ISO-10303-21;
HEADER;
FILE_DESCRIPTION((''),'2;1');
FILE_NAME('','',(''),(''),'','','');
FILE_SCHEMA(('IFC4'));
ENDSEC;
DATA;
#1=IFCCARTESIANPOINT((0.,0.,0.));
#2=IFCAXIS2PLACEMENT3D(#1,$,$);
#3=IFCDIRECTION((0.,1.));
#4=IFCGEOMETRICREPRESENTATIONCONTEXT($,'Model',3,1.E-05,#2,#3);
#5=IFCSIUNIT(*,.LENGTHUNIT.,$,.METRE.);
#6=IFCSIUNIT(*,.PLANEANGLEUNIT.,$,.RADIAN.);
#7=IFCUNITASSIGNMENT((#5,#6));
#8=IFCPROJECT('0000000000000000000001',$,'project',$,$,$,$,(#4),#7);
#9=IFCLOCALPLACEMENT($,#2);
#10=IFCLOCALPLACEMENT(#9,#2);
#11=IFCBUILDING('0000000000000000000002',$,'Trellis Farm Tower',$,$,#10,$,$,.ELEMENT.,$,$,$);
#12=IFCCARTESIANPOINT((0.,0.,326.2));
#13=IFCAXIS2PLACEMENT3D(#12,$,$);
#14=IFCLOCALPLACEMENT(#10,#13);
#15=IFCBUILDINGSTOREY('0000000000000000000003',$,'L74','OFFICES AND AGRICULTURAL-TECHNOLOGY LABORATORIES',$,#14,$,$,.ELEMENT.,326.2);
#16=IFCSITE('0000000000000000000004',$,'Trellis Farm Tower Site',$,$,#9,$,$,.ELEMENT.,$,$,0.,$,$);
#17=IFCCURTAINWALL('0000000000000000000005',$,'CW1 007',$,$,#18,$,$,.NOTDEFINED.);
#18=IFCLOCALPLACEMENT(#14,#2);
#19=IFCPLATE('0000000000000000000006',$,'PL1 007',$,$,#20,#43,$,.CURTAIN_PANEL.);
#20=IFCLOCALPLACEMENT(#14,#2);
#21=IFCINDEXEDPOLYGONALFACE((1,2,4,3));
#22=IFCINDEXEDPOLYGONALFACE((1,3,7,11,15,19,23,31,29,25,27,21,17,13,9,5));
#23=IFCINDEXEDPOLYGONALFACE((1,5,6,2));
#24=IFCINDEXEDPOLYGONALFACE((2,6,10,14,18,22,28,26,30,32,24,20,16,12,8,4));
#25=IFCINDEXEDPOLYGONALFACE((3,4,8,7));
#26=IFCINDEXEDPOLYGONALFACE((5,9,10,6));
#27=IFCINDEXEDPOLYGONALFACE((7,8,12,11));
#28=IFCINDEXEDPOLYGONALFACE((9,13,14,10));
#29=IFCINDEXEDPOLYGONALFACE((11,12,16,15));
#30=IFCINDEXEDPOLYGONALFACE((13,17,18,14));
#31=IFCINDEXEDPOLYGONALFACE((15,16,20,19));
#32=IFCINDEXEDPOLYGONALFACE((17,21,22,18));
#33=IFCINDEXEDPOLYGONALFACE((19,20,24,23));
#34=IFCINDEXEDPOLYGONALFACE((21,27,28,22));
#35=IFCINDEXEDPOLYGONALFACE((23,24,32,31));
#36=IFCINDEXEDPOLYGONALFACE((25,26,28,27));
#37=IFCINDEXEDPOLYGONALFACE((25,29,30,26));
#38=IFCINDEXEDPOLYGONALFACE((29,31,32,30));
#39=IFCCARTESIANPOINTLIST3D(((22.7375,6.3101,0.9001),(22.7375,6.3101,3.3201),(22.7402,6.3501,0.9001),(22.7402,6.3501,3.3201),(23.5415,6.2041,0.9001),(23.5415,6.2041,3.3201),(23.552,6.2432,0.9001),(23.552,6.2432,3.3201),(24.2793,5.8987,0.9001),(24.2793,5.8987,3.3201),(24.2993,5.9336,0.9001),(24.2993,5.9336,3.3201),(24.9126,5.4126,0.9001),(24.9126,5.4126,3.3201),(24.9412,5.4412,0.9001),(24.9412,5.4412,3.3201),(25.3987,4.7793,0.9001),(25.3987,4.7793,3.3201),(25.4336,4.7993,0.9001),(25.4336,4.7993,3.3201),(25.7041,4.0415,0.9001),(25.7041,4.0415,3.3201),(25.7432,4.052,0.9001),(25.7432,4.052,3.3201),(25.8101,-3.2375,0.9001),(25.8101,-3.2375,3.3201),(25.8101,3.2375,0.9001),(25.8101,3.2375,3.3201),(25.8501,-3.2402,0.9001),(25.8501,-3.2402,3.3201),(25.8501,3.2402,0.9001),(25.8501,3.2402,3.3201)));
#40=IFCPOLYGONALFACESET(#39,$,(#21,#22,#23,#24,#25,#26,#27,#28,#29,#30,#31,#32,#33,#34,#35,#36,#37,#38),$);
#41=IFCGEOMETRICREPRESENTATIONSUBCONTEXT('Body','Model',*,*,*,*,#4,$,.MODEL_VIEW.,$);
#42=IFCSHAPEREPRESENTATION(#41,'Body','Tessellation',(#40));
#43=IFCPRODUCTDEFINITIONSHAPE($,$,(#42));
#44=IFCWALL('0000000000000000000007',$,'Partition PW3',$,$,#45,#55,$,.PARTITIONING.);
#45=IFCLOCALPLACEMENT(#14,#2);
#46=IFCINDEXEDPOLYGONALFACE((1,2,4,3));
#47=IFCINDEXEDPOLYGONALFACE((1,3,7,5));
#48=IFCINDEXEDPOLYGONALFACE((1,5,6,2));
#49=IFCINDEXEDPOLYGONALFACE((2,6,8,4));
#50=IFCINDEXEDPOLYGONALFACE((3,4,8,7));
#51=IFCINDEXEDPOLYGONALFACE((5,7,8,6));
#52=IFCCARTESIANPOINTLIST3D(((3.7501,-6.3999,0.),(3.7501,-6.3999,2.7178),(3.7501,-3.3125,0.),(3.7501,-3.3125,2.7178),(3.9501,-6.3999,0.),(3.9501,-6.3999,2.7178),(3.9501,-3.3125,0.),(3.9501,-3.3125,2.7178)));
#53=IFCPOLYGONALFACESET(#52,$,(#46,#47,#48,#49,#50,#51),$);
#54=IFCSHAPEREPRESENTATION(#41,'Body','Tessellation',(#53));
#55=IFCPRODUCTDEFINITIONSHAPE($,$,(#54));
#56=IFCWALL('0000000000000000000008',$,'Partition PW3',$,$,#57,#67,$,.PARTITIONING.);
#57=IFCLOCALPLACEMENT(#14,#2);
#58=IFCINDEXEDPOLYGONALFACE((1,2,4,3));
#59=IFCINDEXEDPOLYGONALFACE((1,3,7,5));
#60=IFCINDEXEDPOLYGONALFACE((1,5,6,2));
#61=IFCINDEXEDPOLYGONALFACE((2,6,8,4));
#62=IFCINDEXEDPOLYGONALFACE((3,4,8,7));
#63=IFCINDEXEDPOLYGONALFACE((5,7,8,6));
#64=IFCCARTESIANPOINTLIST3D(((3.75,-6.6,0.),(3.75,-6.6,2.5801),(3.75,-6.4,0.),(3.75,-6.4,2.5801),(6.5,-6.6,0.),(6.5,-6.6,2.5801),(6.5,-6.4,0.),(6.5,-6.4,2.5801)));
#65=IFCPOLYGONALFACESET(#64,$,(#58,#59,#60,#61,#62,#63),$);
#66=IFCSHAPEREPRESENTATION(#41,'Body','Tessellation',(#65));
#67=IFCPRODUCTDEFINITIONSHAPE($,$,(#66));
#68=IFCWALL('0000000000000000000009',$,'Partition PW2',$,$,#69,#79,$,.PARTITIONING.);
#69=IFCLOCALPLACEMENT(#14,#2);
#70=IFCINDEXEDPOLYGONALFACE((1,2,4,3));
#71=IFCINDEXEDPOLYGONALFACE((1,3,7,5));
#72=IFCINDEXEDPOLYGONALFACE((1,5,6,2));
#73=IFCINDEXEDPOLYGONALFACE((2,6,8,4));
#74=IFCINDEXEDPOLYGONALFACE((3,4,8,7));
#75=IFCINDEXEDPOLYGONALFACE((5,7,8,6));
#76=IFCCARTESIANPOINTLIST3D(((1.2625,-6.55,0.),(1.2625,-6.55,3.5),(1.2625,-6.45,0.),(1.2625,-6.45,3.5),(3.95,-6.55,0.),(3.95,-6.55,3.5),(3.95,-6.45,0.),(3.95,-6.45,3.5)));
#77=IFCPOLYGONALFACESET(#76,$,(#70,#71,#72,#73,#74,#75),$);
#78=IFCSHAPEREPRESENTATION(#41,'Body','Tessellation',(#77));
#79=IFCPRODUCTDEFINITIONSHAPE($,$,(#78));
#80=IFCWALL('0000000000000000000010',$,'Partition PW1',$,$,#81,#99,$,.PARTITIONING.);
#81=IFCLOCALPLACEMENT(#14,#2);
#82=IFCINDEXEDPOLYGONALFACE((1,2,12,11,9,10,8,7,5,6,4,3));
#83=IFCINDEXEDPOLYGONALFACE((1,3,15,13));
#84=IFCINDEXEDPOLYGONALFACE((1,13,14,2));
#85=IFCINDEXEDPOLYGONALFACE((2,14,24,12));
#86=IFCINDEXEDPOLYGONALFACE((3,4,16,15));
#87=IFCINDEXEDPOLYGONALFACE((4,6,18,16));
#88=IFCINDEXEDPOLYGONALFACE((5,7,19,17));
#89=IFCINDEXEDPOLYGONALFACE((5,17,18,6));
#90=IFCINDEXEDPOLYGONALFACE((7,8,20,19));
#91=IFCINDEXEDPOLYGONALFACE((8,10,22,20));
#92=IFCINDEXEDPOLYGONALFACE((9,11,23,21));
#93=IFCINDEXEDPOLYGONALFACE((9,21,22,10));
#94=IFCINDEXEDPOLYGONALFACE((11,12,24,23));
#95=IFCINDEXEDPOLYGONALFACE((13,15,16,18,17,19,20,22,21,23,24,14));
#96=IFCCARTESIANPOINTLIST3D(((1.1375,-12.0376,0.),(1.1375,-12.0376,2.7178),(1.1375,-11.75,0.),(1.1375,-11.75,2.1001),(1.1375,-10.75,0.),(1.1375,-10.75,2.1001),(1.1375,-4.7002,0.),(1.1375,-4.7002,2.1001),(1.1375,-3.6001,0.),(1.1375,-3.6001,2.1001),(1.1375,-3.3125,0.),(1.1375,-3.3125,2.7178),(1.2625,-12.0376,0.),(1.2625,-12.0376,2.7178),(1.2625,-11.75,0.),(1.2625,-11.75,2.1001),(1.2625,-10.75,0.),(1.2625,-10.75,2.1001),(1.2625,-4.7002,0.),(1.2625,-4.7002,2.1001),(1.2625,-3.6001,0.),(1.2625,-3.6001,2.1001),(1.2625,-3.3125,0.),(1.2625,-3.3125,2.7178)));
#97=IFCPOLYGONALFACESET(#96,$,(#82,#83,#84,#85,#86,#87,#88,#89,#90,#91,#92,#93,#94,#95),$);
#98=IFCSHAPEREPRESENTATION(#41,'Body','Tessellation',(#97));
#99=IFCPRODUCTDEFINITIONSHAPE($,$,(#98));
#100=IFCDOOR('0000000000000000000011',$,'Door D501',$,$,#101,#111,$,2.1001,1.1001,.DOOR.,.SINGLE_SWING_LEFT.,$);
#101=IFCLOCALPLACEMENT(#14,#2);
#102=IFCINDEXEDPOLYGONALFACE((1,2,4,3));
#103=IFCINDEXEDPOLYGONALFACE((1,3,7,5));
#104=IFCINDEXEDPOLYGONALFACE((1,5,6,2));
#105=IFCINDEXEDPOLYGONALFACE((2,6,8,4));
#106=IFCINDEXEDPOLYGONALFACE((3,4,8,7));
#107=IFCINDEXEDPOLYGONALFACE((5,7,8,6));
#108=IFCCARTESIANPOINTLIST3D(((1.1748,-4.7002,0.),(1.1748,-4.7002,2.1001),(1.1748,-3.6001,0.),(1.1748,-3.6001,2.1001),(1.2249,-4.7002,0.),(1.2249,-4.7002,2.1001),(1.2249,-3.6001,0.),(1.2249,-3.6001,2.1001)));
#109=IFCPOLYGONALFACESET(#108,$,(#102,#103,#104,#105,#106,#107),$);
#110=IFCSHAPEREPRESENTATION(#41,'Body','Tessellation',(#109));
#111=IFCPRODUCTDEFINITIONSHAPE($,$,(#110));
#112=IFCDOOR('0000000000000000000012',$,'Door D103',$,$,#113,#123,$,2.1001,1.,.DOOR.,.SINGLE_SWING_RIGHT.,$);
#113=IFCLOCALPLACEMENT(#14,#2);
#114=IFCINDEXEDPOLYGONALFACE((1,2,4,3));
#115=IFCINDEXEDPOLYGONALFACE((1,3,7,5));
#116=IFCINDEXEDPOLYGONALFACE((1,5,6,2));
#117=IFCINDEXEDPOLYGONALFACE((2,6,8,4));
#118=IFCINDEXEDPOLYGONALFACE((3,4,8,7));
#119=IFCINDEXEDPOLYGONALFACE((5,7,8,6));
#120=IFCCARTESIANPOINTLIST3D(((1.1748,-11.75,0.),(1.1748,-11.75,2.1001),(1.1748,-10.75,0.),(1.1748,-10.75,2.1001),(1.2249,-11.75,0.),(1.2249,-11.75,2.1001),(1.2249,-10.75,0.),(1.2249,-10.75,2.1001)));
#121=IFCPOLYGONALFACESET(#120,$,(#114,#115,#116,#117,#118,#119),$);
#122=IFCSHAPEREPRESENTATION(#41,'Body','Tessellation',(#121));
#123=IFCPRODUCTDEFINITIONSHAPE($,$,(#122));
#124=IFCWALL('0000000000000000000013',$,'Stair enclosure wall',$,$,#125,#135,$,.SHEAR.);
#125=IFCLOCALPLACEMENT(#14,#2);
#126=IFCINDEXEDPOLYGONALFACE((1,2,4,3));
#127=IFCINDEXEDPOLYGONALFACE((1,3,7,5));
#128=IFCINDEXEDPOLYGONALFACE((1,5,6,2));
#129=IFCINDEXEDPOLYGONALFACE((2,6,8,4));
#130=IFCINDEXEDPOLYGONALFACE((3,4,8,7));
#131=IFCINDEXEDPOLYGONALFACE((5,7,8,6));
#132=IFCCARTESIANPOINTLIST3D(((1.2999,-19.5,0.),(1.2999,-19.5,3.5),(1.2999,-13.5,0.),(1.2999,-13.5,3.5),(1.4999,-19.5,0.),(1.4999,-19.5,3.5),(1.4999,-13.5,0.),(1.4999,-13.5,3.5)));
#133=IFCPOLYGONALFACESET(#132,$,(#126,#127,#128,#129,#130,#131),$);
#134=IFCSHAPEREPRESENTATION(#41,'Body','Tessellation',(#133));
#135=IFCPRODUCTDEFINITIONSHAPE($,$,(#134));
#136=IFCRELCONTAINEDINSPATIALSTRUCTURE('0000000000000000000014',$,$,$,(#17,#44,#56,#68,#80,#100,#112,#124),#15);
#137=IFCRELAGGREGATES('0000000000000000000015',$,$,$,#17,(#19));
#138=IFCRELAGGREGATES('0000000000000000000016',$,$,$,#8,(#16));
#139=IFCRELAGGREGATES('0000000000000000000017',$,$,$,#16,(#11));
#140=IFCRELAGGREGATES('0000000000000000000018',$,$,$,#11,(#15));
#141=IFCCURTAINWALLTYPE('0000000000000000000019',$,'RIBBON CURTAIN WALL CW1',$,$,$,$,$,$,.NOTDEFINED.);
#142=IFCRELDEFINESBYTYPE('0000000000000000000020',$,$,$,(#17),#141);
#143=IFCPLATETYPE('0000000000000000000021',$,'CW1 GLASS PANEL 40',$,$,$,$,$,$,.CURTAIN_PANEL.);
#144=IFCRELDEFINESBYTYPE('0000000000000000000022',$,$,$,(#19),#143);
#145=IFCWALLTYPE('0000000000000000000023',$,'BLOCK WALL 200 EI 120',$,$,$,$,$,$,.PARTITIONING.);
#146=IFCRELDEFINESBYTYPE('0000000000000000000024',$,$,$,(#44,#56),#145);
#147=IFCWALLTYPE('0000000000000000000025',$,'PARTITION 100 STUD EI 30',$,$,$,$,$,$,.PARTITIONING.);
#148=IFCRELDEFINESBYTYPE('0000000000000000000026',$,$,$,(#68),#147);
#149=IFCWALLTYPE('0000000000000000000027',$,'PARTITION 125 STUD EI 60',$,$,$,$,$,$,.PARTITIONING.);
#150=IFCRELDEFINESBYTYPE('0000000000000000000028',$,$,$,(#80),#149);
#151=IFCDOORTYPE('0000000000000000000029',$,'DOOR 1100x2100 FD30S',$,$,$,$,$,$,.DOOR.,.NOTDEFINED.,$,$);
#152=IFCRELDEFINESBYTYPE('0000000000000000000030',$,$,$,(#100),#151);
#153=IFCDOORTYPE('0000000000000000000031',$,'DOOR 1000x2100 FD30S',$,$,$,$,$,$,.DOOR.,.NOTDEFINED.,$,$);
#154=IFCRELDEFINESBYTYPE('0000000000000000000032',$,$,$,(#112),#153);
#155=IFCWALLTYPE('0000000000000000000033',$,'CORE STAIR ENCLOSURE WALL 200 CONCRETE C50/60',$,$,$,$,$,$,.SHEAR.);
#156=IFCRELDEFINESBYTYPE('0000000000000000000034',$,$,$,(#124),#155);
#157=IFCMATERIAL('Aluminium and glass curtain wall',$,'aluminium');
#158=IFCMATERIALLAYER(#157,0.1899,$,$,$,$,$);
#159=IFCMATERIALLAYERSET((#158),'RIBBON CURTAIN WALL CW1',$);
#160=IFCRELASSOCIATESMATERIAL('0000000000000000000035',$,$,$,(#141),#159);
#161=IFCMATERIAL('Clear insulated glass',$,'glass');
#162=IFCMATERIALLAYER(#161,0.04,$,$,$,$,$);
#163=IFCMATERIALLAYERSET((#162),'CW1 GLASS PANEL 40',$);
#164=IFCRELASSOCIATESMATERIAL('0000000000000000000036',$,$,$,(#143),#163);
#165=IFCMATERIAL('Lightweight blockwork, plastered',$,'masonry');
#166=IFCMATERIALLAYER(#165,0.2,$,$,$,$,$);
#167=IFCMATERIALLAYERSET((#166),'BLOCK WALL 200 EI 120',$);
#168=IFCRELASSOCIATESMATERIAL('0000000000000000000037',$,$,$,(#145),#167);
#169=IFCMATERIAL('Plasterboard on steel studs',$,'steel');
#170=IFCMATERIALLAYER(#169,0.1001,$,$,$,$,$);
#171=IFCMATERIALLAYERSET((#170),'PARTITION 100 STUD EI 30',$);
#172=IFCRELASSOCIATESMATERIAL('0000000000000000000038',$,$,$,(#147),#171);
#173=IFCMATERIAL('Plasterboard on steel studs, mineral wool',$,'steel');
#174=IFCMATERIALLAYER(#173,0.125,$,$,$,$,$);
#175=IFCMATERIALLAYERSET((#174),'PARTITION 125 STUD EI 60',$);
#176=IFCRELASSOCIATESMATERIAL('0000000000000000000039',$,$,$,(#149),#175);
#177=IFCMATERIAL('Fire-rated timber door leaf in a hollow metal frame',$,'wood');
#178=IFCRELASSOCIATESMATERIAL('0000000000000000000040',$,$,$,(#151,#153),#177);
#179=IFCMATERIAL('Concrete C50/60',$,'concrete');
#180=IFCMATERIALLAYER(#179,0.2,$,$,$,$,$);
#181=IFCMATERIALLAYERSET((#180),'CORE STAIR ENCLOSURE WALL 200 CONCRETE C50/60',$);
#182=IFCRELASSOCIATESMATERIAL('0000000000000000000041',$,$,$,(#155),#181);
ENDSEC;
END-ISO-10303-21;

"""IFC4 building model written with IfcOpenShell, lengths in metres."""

from ifc_helpers import new_model, si_unit, direction, frame, frame_2d, origin, place, context, subcontext, project, spatial, polyline, rectangle, outline, extrude, source, transform, mapped, material, layer, layer_set, type_object, element, fill, aggregate, save


model = new_model("IFC4")

# Units and contexts
model_context = context("Model", 3, precision=1e-05, world=origin(), true_north=direction((0.0, 1.0)))
body_context = subcontext(model_context, "Body", "Model", "MODEL_VIEW")
ifc_project = project(units=[si_unit("LENGTHUNIT", "METRE"), si_unit("PLANEANGLEUNIT", "RADIAN")], contexts=[model_context])

# Site, building, storey
site_placement = place(None, origin())
site = spatial("IfcSite", under=ifc_project, at=site_placement, Name="Trellis Farm Tower Site", CompositionType="ELEMENT", RefElevation=0.0)
building_placement = place(site_placement, origin())
building = spatial("IfcBuilding", under=site, at=building_placement, Name="Trellis Farm Tower", CompositionType="ELEMENT")
storey_placement = place(building_placement, frame((0.0, 0.0, 326.2)))
storey = spatial("IfcBuildingStorey", under=building, at=storey_placement, Name="L74", Description="OFFICES AND AGRICULTURAL-TECHNOLOGY LABORATORIES", CompositionType="ELEMENT", Elevation=326.2)

# Curtain wall, plate
ifc_material_1 = material(Name="Aluminium and glass curtain wall", Category="aluminium")
ifc_layer_1 = layer(ifc_material_1, 0.1899)
ifc_layer_set_1 = layer_set([ifc_layer_1], Name="RIBBON CURTAIN WALL CW1")
curtain_wall_type = type_object("IfcCurtainWallType", Name="RIBBON CURTAIN WALL CW1", PredefinedType="NOTDEFINED", material=ifc_layer_set_1)
placement = place(storey_placement, origin())
curtain_wall = element("IfcCurtainWall", 1, at=placement, inside=storey, type_object=curtain_wall_type, Name="CW1 007", PredefinedType="NOTDEFINED")
ifc_material_2 = material(Name="Clear insulated glass", Category="glass")
ifc_layer_2 = layer(ifc_material_2, 0.04)
ifc_layer_set_2 = layer_set([ifc_layer_2], Name="CW1 GLASS PANEL 40")
plate_type = type_object("IfcPlateType", Name="CW1 GLASS PANEL 40", PredefinedType="CURTAIN_PANEL", material=ifc_layer_set_2)
plate_placement = place(storey_placement, frame((0.0, 0.0, 0.9001)))
plate = element("IfcPlate", 2, at=plate_placement, type_object=plate_type, Name="PL1 007", PredefinedType="CURTAIN_PANEL", context=body_context, shape_type="SweptSolid", body=[
    extrude(outline(polyline([(25.8501, -3.2402), (25.8501, 3.2402), (25.7432, 4.052), (25.4336, 4.7993), (24.9412, 5.4412), (24.2993, 5.9336), (23.552, 6.2432), (22.7402, 6.3501), (22.7375, 6.3101), (23.5415, 6.2041), (24.2793, 5.8987), (24.9126, 5.4126), (25.3987, 4.7793), (25.7041, 4.0415), (25.8101, 3.2375), (25.8101, -3.2375), (25.8501, -3.2402)])), origin(), (0.0, 0.0, 1.0), 2.4199),
])
aggregate(curtain_wall, [plate])

# Walls
ifc_material_3 = material(Name="Lightweight blockwork, plastered", Category="masonry")
ifc_layer_3 = layer(ifc_material_3, 0.2)
ifc_layer_set_3 = layer_set([ifc_layer_3], Name="BLOCK WALL 200 EI 120")
wall_type_1 = type_object("IfcWallType", Name="BLOCK WALL 200 EI 120", PredefinedType="PARTITIONING", material=ifc_layer_set_3)
wall_1_placement = place(storey_placement, frame((3.8501, -6.3999, 0.0), z_axis=(0.0, 0.0, 1.0), x_axis=(0.0, 1.0, 0.0)))
element("IfcWall", 3, at=wall_1_placement, inside=storey, type_object=wall_type_1, Name="Partition PW3", PredefinedType="PARTITIONING", context=body_context, shape_type="SweptSolid", body=[
    extrude(rectangle(XDim=3.0874, YDim=0.2, at=frame_2d((1.5437, 0.0))), origin(), (0.0, 0.0, 1.0), 2.7178),
])
wall_2_placement = place(storey_placement, frame((3.75, -6.5, 0.0), z_axis=(0.0, 0.0, 1.0), x_axis=(1.0, 0.0, 0.0)))
element("IfcWall", 4, at=wall_2_placement, inside=storey, type_object=wall_type_1, Name="Partition PW3", PredefinedType="PARTITIONING", context=body_context, shape_type="SweptSolid", body=[
    extrude(rectangle(XDim=2.75, YDim=0.2, at=frame_2d((1.375, 0.0))), origin(), (0.0, 0.0, 1.0), 2.5801),
])
ifc_material_4 = material(Name="Plasterboard on steel studs", Category="steel")
ifc_layer_4 = layer(ifc_material_4, 0.1001)
ifc_layer_set_4 = layer_set([ifc_layer_4], Name="PARTITION 100 STUD EI 30")
wall_type_2 = type_object("IfcWallType", Name="PARTITION 100 STUD EI 30", PredefinedType="PARTITIONING", material=ifc_layer_set_4)
wall_3_placement = place(storey_placement, frame((1.2625, -6.5, 0.0), z_axis=(0.0, 0.0, 1.0), x_axis=(1.0, 0.0, 0.0)))
element("IfcWall", 5, at=wall_3_placement, inside=storey, type_object=wall_type_2, Name="Partition PW2", PredefinedType="PARTITIONING", context=body_context, shape_type="SweptSolid", body=[
    extrude(rectangle(XDim=2.6875, YDim=0.1001, at=frame_2d((1.3438, 0.0))), origin(), (0.0, 0.0, 1.0), 3.5),
])

# Wall, openings, doors
ifc_material_5 = material(Name="Plasterboard on steel studs, mineral wool", Category="steel")
ifc_layer_5 = layer(ifc_material_5, 0.125)
ifc_layer_set_5 = layer_set([ifc_layer_5], Name="PARTITION 125 STUD EI 60")
wall_type_3 = type_object("IfcWallType", Name="PARTITION 125 STUD EI 60", PredefinedType="PARTITIONING", material=ifc_layer_set_5)
wall_4_placement = place(storey_placement, frame((1.2, -3.3125, 0.0), z_axis=(0.0, 0.0, 1.0), x_axis=(0.0, -1.0, 0.0)))
wall_4 = element("IfcWall", 6, at=wall_4_placement, inside=storey, type_object=wall_type_3, Name="Partition PW1", PredefinedType="PARTITIONING", context=body_context, shape_type="SweptSolid", body=[
    extrude(rectangle(XDim=8.7251, YDim=0.125, at=frame_2d((4.3625, 0.0))), origin(), (0.0, 0.0, 1.0), 2.7178),
])
shared_shape_1 = source(origin(), body_context, "Body", "SweptSolid", [
    extrude(rectangle(XDim=1.0, YDim=2.1001, at=frame_2d((0.5, 1.05))), frame((0.0, 0.0725, 0.0), z_axis=(0.0, -1.0, 0.0), x_axis=(1.0, 0.0, 0.0)), (0.0, 0.0, 1.0), 0.145),
])
opening_1_placement = place(wall_4_placement, frame((7.4375, 0.0, 0.0)))
opening_1 = element("IfcOpeningElement", 7, at=opening_1_placement, cuts=wall_4, PredefinedType="OPENING", context=body_context, shape_type="MappedRepresentation", body=[
    mapped(shared_shape_1, transform((0.0, 0.0, 0.0))),
])
shared_shape_2 = source(origin(), body_context, "Body", "SweptSolid", [
    extrude(rectangle(XDim=1.1001, YDim=2.1001, at=frame_2d((0.55, 1.05))), frame((0.0, 0.0725, 0.0), z_axis=(0.0, -1.0, 0.0), x_axis=(1.0, 0.0, 0.0)), (0.0, 0.0, 1.0), 0.145),
])
opening_2_placement = place(wall_4_placement, frame((0.2876, 0.0, 0.0)))
opening_2 = element("IfcOpeningElement", 8, at=opening_2_placement, cuts=wall_4, PredefinedType="OPENING", context=body_context, shape_type="MappedRepresentation", body=[
    mapped(shared_shape_2, transform((0.0, 0.0, 0.0))),
])
ifc_material_6 = material(Name="Fire-rated timber door leaf in a hollow metal frame", Category="wood")
door_type_1 = type_object("IfcDoorType", Name="DOOR 1100x2100 FD30S", OperationType="NOTDEFINED", PredefinedType="DOOR", material=ifc_material_6)
shared_shape_3 = source(origin(), body_context, "Body", "SweptSolid", [
    extrude(rectangle(XDim=1.1001, YDim=2.1001, at=frame_2d((0.55, 1.05))), frame((0.0, 0.0249, 0.0), z_axis=(0.0, -1.0, 0.0), x_axis=(1.0, 0.0, 0.0)), (0.0, 0.0, 1.0), 0.05),
])
door_1_placement = place(opening_2_placement, origin())
door_1 = element("IfcDoor", 9, at=door_1_placement, inside=storey, type_object=door_type_1, Name="Door D501", OperationType="SINGLE_SWING_LEFT", OverallHeight=2.1001, OverallWidth=1.1001, PredefinedType="DOOR", context=body_context, shape_type="MappedRepresentation", body=[
    mapped(shared_shape_3, transform((0.0, 0.0, 0.0))),
])
fill(opening_2, door_1)
door_type_2 = type_object("IfcDoorType", Name="DOOR 1000x2100 FD30S", OperationType="NOTDEFINED", PredefinedType="DOOR", material=ifc_material_6)
shared_shape_4 = source(origin(), body_context, "Body", "SweptSolid", [
    extrude(rectangle(XDim=1.0, YDim=2.1001, at=frame_2d((0.5, 1.05))), frame((0.0, 0.0249, 0.0), z_axis=(0.0, -1.0, 0.0), x_axis=(1.0, 0.0, 0.0)), (0.0, 0.0, 1.0), 0.05),
])
door_2_placement = place(opening_1_placement, origin())
door_2 = element("IfcDoor", 10, at=door_2_placement, inside=storey, type_object=door_type_2, Name="Door D103", OperationType="SINGLE_SWING_RIGHT", OverallHeight=2.1001, OverallWidth=1.0, PredefinedType="DOOR", context=body_context, shape_type="MappedRepresentation", body=[
    mapped(shared_shape_4, transform((0.0, 0.0, 0.0))),
])
fill(opening_1, door_2)

# Wall
ifc_material_7 = material(Name="Concrete C50/60", Category="concrete")
ifc_layer_6 = layer(ifc_material_7, 0.2)
ifc_layer_set_6 = layer_set([ifc_layer_6], Name="CORE STAIR ENCLOSURE WALL 200 CONCRETE C50/60")
wall_type_4 = type_object("IfcWallType", Name="CORE STAIR ENCLOSURE WALL 200 CONCRETE C50/60", PredefinedType="SHEAR", material=ifc_layer_set_6)
shared_shape_5 = source(origin(), body_context, "Body", "SweptSolid", [
    extrude(rectangle(XDim=6.0, YDim=0.2, at=frame_2d((3.0, 0.0))), origin(), (0.0, 0.0, 1.0), 3.5),
])
wall_5_placement = place(storey_placement, frame((1.3999, -13.5, 0.0), z_axis=(0.0, 0.0, 1.0), x_axis=(0.0, -1.0, 0.0)))
element("IfcWall", 11, at=wall_5_placement, inside=storey, type_object=wall_type_4, Name="Stair enclosure wall", PredefinedType="SHEAR", context=body_context, shape_type="MappedRepresentation", body=[
    mapped(shared_shape_5, transform((0.0, 0.0, 0.0))),
])

save(model, "model.ifc")
